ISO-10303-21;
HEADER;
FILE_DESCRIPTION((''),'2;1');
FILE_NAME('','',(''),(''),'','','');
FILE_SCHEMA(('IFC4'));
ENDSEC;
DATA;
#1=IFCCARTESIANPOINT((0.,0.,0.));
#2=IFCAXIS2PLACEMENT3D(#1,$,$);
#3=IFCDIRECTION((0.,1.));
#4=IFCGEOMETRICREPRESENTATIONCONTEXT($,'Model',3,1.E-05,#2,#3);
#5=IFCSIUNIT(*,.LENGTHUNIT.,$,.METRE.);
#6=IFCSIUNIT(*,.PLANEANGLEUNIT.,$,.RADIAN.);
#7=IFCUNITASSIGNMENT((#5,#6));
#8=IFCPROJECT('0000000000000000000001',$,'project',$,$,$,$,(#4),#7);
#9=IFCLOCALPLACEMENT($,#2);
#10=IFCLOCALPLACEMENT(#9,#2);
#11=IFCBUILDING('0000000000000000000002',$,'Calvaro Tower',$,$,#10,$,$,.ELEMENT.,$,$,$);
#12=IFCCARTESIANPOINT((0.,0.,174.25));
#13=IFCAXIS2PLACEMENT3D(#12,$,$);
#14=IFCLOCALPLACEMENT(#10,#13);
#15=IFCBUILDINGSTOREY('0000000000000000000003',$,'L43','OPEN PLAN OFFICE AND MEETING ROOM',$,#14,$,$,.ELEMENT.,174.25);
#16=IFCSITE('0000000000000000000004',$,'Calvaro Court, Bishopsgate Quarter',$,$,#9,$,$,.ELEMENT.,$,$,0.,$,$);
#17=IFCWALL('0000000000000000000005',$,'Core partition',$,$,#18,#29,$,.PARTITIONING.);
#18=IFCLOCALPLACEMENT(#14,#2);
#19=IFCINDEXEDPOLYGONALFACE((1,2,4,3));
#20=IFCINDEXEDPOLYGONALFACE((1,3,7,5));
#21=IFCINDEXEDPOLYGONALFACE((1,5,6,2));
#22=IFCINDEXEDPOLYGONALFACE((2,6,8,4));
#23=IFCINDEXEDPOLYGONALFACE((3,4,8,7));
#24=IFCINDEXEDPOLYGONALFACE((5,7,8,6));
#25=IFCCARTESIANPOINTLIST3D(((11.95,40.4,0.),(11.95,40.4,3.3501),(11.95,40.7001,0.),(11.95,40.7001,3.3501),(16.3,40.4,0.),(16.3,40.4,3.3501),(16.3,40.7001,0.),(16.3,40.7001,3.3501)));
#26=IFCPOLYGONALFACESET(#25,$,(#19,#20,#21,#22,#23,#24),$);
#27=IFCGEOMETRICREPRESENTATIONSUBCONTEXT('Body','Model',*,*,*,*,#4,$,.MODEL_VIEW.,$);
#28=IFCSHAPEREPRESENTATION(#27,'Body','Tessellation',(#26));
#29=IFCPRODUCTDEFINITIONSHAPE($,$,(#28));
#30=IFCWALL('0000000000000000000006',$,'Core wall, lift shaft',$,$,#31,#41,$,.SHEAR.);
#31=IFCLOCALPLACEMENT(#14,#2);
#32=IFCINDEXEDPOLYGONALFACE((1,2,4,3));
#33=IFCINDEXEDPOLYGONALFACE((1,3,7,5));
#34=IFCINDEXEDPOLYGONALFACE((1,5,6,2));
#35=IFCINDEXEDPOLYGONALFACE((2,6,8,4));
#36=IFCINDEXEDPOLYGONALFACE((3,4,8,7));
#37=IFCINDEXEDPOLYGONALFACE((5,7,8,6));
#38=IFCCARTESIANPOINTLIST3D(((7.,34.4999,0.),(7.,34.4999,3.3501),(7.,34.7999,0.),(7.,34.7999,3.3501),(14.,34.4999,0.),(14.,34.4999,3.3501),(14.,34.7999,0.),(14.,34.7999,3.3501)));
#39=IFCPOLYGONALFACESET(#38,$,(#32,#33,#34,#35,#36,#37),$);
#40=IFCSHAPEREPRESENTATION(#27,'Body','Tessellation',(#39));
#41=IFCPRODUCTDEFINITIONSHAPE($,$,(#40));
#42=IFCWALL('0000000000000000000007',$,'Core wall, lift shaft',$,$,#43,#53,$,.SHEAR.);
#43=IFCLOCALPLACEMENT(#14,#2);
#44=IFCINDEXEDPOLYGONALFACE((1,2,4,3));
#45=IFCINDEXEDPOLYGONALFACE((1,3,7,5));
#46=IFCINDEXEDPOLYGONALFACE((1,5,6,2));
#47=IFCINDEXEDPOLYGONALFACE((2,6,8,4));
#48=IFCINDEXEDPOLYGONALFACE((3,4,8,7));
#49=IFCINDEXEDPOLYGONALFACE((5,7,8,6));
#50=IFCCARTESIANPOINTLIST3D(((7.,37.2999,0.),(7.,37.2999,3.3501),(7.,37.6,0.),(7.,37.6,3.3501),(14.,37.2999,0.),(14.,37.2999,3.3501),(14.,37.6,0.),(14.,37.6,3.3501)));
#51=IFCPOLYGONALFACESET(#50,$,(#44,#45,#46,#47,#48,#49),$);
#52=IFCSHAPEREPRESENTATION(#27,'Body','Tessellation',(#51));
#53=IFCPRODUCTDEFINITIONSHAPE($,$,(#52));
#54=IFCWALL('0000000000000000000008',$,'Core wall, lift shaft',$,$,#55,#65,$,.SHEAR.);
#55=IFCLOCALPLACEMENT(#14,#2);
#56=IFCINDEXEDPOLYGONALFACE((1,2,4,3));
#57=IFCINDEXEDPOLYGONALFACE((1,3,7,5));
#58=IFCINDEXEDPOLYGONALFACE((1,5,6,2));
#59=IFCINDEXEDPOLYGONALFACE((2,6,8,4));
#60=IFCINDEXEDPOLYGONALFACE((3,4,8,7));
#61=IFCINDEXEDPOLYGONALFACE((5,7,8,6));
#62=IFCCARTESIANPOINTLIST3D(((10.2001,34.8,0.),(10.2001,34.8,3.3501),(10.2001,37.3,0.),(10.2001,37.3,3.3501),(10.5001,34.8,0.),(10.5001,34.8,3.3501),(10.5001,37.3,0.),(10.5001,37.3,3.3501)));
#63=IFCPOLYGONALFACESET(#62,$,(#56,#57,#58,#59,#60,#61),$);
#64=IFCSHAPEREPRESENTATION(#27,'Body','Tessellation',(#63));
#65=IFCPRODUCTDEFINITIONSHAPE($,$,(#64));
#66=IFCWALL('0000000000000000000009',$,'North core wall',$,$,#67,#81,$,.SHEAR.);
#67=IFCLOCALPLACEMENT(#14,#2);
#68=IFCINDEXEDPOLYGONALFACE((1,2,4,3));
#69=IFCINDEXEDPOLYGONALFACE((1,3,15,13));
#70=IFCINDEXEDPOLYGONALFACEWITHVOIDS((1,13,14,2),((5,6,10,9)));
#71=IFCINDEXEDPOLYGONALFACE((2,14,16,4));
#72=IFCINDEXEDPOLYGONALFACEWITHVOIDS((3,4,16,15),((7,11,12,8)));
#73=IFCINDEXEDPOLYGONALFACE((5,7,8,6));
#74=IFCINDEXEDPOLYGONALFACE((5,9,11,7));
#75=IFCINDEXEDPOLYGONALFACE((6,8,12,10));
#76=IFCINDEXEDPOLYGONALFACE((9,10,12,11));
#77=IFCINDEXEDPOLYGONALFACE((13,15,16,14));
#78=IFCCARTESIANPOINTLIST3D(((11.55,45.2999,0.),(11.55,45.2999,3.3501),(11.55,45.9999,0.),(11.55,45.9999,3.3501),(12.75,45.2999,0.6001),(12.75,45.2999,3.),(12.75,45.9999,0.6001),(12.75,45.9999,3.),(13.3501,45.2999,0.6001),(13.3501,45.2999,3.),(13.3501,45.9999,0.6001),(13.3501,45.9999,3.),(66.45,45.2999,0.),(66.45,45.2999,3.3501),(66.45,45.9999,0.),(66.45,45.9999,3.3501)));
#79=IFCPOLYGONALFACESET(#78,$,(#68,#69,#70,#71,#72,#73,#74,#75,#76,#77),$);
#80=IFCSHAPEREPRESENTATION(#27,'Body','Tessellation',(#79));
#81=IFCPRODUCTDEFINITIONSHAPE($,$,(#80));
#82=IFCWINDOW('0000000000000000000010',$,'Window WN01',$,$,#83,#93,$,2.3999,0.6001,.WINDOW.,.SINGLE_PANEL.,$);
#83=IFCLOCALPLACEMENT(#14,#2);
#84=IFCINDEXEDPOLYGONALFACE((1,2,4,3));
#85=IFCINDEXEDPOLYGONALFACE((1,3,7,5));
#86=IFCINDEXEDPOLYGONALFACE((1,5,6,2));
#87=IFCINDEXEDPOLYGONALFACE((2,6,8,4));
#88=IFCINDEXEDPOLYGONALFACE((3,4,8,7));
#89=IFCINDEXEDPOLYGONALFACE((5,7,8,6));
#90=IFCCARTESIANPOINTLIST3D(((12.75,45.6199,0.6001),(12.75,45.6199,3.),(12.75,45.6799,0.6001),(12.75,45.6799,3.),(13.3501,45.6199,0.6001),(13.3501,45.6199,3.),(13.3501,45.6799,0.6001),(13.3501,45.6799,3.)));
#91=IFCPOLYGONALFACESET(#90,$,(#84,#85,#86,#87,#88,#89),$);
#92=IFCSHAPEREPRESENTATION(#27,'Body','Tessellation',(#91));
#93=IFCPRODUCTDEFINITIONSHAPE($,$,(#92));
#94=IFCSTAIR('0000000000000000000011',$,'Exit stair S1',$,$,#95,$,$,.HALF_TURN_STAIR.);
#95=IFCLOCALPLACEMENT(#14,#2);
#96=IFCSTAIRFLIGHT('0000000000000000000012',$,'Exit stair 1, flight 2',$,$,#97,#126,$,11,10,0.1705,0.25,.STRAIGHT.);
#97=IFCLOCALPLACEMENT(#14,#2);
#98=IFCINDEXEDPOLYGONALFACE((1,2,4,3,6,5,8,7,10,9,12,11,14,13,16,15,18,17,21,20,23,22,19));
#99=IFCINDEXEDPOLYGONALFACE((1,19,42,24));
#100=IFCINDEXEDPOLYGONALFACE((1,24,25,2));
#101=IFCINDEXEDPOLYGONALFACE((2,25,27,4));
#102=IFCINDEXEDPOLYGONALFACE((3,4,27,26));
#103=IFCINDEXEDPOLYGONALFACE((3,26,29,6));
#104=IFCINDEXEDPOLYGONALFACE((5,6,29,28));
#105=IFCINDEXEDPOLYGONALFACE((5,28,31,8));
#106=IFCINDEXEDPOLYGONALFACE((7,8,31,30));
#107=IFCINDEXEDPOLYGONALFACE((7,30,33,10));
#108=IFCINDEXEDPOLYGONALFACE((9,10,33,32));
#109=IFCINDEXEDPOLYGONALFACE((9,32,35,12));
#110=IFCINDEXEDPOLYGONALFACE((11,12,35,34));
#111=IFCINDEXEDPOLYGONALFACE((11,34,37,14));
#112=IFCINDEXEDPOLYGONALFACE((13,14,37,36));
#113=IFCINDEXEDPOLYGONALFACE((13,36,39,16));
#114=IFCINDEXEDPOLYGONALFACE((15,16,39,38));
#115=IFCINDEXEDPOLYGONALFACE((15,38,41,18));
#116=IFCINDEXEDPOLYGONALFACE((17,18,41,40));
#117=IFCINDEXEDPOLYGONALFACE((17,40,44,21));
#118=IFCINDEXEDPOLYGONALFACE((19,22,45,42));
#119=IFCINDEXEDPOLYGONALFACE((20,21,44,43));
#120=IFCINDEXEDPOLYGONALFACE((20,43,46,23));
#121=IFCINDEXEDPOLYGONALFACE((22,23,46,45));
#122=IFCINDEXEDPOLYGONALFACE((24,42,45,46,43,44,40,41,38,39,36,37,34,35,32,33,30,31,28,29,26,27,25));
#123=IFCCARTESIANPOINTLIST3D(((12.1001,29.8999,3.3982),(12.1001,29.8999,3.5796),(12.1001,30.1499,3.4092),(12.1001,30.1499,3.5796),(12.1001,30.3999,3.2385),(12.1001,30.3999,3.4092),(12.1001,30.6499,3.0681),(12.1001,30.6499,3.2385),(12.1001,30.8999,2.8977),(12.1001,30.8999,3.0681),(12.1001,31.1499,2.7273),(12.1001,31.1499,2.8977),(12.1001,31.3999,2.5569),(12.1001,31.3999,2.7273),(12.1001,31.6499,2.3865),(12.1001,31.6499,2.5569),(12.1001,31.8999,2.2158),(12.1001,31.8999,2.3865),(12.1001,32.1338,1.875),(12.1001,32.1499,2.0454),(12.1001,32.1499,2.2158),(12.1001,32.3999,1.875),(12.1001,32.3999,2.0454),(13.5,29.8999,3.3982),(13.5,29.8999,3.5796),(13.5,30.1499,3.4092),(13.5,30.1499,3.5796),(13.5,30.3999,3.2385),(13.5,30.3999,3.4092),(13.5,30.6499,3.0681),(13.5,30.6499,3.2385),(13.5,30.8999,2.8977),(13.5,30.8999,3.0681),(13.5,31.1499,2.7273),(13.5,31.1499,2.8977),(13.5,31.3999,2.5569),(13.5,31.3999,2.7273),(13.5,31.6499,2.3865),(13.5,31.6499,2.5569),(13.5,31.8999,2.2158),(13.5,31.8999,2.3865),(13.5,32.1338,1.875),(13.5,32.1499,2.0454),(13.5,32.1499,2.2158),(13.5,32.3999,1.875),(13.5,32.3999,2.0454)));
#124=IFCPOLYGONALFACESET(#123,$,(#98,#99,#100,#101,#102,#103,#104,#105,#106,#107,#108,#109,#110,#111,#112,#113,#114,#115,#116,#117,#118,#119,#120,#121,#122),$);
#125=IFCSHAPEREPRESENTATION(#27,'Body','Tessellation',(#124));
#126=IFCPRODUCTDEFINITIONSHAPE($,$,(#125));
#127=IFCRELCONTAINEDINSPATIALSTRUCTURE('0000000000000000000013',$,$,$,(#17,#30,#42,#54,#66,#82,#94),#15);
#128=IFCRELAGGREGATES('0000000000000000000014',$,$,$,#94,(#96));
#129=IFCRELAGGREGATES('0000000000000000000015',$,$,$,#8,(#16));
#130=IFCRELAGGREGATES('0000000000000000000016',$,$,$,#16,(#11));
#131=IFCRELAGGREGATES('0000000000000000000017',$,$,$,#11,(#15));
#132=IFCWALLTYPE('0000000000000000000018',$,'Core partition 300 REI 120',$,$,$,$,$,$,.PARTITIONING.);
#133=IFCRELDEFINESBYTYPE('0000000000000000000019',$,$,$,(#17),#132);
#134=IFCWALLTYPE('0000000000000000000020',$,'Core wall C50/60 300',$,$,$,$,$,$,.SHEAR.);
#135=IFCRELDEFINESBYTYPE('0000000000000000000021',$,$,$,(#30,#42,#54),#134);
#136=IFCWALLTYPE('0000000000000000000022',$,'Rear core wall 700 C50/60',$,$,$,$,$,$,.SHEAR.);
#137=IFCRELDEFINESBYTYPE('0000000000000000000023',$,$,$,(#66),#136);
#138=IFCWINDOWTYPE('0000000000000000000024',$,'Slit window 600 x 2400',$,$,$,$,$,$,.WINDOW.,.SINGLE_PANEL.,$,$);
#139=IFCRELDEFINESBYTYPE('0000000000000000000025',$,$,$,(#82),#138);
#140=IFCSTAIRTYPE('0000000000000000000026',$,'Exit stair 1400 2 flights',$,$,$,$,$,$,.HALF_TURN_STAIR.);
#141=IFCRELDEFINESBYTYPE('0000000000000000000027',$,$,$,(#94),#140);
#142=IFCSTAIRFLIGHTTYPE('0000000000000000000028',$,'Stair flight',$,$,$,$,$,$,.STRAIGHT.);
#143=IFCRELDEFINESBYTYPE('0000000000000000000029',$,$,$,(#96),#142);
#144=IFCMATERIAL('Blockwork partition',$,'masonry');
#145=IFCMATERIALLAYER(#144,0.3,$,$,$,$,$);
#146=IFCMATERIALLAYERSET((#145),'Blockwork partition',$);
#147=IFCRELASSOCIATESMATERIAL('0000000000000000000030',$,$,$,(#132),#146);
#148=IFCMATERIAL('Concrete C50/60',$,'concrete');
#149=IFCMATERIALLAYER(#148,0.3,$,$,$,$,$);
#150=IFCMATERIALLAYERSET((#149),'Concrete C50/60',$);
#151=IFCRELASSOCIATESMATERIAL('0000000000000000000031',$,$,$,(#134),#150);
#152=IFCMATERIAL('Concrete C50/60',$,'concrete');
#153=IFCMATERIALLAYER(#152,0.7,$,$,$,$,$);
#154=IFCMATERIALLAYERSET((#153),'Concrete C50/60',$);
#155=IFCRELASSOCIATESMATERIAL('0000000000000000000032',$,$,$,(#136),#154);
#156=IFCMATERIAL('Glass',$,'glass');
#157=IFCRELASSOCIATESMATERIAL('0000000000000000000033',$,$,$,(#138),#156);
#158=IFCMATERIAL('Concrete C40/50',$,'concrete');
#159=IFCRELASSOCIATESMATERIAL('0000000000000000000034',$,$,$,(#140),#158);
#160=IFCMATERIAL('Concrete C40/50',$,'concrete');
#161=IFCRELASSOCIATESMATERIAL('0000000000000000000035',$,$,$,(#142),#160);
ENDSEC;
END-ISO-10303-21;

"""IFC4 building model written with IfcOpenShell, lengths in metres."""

from ifc_helpers import new_model, si_unit, direction, frame, frame_2d, origin, place, context, subcontext, project, spatial, polyline, rectangle, outline, extrude, material, layer, layer_set, type_object, element, fill, aggregate, save


model = new_model("IFC4")

# Units and contexts
model_context = context("Model", 3, precision=1e-05, world=origin(), true_north=direction((0.0, 1.0)))
body_context = subcontext(model_context, "Body", "Model", "MODEL_VIEW")
ifc_project = project(units=[si_unit("LENGTHUNIT", "METRE"), si_unit("PLANEANGLEUNIT", "RADIAN")], contexts=[model_context])

# Site, building, storey
site_placement = place(None, origin())
site = spatial("IfcSite", under=ifc_project, at=site_placement, Name="Calvaro Court, Bishopsgate Quarter", CompositionType="ELEMENT", RefElevation=0.0)
building_placement = place(site_placement, origin())
building = spatial("IfcBuilding", under=site, at=building_placement, Name="Calvaro Tower", CompositionType="ELEMENT")
storey_placement = place(building_placement, frame((0.0, 0.0, 174.25)))
storey = spatial("IfcBuildingStorey", under=building, at=storey_placement, Name="L43", Description="OPEN PLAN OFFICE AND MEETING ROOM", CompositionType="ELEMENT", Elevation=174.25)

# Walls
ifc_material_1 = material(Name="Blockwork partition", Category="masonry")
ifc_layer_1 = layer(ifc_material_1, 0.3)
ifc_layer_set_1 = layer_set([ifc_layer_1], Name="Blockwork partition")
wall_type_1 = type_object("IfcWallType", Name="Core partition 300 REI 120", PredefinedType="PARTITIONING", material=ifc_layer_set_1)
wall_1_placement = place(storey_placement, frame((11.95, 40.55, 0.0), z_axis=(0.0, 0.0, 1.0), x_axis=(1.0, 0.0, 0.0)))
element("IfcWall", 1, at=wall_1_placement, inside=storey, type_object=wall_type_1, Name="Core partition", PredefinedType="PARTITIONING", context=body_context, shape_type="SweptSolid", body=[
    extrude(rectangle(XDim=4.3501, YDim=0.3, at=frame_2d((2.175, 0.0))), origin(), (0.0, 0.0, 1.0), 3.3501),
])
ifc_material_2 = material(Name="Concrete C50/60", Category="concrete")
ifc_layer_2 = layer(ifc_material_2, 0.3)
ifc_layer_set_2 = layer_set([ifc_layer_2], Name="Concrete C50/60")
wall_type_2 = type_object("IfcWallType", Name="Core wall C50/60 300", PredefinedType="SHEAR", material=ifc_layer_set_2)
for number, where, z_axis, x_axis, name in (
    (2, (7.0, 34.6499, 0.0), (0.0, 0.0, 1.0), (1.0, 0.0, 0.0), "Core wall, lift shaft"),
    (3, (7.0, 37.45, 0.0), (0.0, 0.0, 1.0), (1.0, 0.0, 0.0), "Core wall, lift shaft"),
):
    element("IfcWall", number, at=place(storey_placement, frame(where, z_axis=z_axis, x_axis=x_axis)), inside=storey, type_object=wall_type_2, Name=name, PredefinedType="SHEAR", context=body_context, shape_type="SweptSolid", body=[
        extrude(rectangle(XDim=7.0, YDim=0.3, at=frame_2d((3.5, 0.0))), origin(), (0.0, 0.0, 1.0), 3.3501),
    ])
wall_2_placement = place(storey_placement, frame((10.3501, 34.8, 0.0), z_axis=(0.0, 0.0, 1.0), x_axis=(0.0, 1.0, 0.0)))
element("IfcWall", 4, at=wall_2_placement, inside=storey, type_object=wall_type_2, Name="Core wall, lift shaft", PredefinedType="SHEAR", context=body_context, shape_type="SweptSolid", body=[
    extrude(rectangle(XDim=2.5, YDim=0.3, at=frame_2d((1.25, 0.0))), origin(), (0.0, 0.0, 1.0), 3.3501),
])

# Wall, opening, window
ifc_material_3 = material(Name="Concrete C50/60", Category="concrete")
ifc_layer_3 = layer(ifc_material_3, 0.7)
ifc_layer_set_3 = layer_set([ifc_layer_3], Name="Concrete C50/60")
wall_type_3 = type_object("IfcWallType", Name="Rear core wall 700 C50/60", PredefinedType="SHEAR", material=ifc_layer_set_3)
wall_3_placement = place(storey_placement, frame((11.55, 45.6499, 0.0), z_axis=(0.0, 0.0, 1.0), x_axis=(1.0, 0.0, 0.0)))
wall_3 = element("IfcWall", 5, at=wall_3_placement, inside=storey, type_object=wall_type_3, Name="North core wall", PredefinedType="SHEAR", context=body_context, shape_type="SweptSolid", body=[
    extrude(rectangle(XDim=54.8999, YDim=0.7, at=frame_2d((27.45, 0.0))), origin(), (0.0, 0.0, 1.0), 3.3501),
])
opening_1_placement = place(wall_3_placement, frame((1.2, 0.0, 0.6001)))
opening_1 = element("IfcOpeningElement", 6, at=opening_1_placement, cuts=wall_3, PredefinedType="OPENING", context=body_context, shape_type="SweptSolid", body=[
    extrude(rectangle(XDim=0.6001, YDim=2.3999, at=frame_2d((0.3, 1.2))), frame((0.0, 0.3599, 0.0), z_axis=(0.0, -1.0, 0.0), x_axis=(1.0, 0.0, 0.0)), (0.0, 0.0, 1.0), 0.72),
])
ifc_material_4 = material(Name="Glass", Category="glass")
window_type = type_object("IfcWindowType", Name="Slit window 600 x 2400", PartitioningType="SINGLE_PANEL", PredefinedType="WINDOW", material=ifc_material_4)
window_placement = place(opening_1_placement, origin())
window = element("IfcWindow", 7, at=window_placement, inside=storey, type_object=window_type, Name="Window WN01", OverallHeight=2.3999, OverallWidth=0.6001, PartitioningType="SINGLE_PANEL", PredefinedType="WINDOW", context=body_context, shape_type="SweptSolid", body=[
    extrude(rectangle(XDim=0.6001, YDim=2.3999, at=frame_2d((0.3, 1.2))), frame((0.0, 0.03, 0.0), z_axis=(0.0, -1.0, 0.0), x_axis=(1.0, 0.0, 0.0)), (0.0, 0.0, 1.0), 0.0601),
])
fill(opening_1, window)

# Stair, stair flight
ifc_material_5 = material(Name="Concrete C40/50", Category="concrete")
stair_type = type_object("IfcStairType", Name="Exit stair 1400 2 flights", PredefinedType="HALF_TURN_STAIR", material=ifc_material_5)
stair_placement = place(storey_placement, origin())
stair = element("IfcStair", 8, at=stair_placement, inside=storey, type_object=stair_type, Name="Exit stair S1", PredefinedType="HALF_TURN_STAIR")
ifc_material_6 = material(Name="Concrete C40/50", Category="concrete")
stair_flight_type = type_object("IfcStairFlightType", Name="Stair flight", PredefinedType="STRAIGHT", material=ifc_material_6)
stair_flight_placement = place(storey_placement, frame((12.8, 32.3999, 1.875), z_axis=(0.0, 0.0, 1.0), x_axis=(0.0, -1.0, 0.0)))
stair_flight = element("IfcStairFlight", 9, at=stair_flight_placement, type_object=stair_flight_type, Name="Exit stair 1, flight 2", NumberOfRisers=11, NumberOfTreads=10, PredefinedType="STRAIGHT", RiserHeight=0.1705, TreadLength=0.25, context=body_context, shape_type="SweptSolid", body=[
    extrude(outline(polyline([(0.0, 0.0), (0.0, 0.1704), (0.25, 0.1704), (0.25, 0.3408), (0.5, 0.3408), (0.5, 0.5115), (0.75, 0.5115), (0.75, 0.6819), (1.0, 0.6819), (1.0, 0.8523), (1.25, 0.8523), (1.25, 1.0227), (1.5, 1.0227), (1.5, 1.1931), (1.75, 1.1931), (1.75, 1.3635), (2.0, 1.3635), (2.0, 1.5342), (2.25, 1.5342), (2.25, 1.7046), (2.5, 1.7046), (2.5, 1.875), (2.5, 1.5232), (0.2661, 0.0), (0.0, 0.0)])), frame((0.0, 0.7, 0.0), z_axis=(0.0, -1.0, 0.0), x_axis=(1.0, 0.0, 0.0)), (0.0, 0.0, 1.0), 1.3999),
])
aggregate(stair, [stair_flight])

save(model, "model.ifc")
